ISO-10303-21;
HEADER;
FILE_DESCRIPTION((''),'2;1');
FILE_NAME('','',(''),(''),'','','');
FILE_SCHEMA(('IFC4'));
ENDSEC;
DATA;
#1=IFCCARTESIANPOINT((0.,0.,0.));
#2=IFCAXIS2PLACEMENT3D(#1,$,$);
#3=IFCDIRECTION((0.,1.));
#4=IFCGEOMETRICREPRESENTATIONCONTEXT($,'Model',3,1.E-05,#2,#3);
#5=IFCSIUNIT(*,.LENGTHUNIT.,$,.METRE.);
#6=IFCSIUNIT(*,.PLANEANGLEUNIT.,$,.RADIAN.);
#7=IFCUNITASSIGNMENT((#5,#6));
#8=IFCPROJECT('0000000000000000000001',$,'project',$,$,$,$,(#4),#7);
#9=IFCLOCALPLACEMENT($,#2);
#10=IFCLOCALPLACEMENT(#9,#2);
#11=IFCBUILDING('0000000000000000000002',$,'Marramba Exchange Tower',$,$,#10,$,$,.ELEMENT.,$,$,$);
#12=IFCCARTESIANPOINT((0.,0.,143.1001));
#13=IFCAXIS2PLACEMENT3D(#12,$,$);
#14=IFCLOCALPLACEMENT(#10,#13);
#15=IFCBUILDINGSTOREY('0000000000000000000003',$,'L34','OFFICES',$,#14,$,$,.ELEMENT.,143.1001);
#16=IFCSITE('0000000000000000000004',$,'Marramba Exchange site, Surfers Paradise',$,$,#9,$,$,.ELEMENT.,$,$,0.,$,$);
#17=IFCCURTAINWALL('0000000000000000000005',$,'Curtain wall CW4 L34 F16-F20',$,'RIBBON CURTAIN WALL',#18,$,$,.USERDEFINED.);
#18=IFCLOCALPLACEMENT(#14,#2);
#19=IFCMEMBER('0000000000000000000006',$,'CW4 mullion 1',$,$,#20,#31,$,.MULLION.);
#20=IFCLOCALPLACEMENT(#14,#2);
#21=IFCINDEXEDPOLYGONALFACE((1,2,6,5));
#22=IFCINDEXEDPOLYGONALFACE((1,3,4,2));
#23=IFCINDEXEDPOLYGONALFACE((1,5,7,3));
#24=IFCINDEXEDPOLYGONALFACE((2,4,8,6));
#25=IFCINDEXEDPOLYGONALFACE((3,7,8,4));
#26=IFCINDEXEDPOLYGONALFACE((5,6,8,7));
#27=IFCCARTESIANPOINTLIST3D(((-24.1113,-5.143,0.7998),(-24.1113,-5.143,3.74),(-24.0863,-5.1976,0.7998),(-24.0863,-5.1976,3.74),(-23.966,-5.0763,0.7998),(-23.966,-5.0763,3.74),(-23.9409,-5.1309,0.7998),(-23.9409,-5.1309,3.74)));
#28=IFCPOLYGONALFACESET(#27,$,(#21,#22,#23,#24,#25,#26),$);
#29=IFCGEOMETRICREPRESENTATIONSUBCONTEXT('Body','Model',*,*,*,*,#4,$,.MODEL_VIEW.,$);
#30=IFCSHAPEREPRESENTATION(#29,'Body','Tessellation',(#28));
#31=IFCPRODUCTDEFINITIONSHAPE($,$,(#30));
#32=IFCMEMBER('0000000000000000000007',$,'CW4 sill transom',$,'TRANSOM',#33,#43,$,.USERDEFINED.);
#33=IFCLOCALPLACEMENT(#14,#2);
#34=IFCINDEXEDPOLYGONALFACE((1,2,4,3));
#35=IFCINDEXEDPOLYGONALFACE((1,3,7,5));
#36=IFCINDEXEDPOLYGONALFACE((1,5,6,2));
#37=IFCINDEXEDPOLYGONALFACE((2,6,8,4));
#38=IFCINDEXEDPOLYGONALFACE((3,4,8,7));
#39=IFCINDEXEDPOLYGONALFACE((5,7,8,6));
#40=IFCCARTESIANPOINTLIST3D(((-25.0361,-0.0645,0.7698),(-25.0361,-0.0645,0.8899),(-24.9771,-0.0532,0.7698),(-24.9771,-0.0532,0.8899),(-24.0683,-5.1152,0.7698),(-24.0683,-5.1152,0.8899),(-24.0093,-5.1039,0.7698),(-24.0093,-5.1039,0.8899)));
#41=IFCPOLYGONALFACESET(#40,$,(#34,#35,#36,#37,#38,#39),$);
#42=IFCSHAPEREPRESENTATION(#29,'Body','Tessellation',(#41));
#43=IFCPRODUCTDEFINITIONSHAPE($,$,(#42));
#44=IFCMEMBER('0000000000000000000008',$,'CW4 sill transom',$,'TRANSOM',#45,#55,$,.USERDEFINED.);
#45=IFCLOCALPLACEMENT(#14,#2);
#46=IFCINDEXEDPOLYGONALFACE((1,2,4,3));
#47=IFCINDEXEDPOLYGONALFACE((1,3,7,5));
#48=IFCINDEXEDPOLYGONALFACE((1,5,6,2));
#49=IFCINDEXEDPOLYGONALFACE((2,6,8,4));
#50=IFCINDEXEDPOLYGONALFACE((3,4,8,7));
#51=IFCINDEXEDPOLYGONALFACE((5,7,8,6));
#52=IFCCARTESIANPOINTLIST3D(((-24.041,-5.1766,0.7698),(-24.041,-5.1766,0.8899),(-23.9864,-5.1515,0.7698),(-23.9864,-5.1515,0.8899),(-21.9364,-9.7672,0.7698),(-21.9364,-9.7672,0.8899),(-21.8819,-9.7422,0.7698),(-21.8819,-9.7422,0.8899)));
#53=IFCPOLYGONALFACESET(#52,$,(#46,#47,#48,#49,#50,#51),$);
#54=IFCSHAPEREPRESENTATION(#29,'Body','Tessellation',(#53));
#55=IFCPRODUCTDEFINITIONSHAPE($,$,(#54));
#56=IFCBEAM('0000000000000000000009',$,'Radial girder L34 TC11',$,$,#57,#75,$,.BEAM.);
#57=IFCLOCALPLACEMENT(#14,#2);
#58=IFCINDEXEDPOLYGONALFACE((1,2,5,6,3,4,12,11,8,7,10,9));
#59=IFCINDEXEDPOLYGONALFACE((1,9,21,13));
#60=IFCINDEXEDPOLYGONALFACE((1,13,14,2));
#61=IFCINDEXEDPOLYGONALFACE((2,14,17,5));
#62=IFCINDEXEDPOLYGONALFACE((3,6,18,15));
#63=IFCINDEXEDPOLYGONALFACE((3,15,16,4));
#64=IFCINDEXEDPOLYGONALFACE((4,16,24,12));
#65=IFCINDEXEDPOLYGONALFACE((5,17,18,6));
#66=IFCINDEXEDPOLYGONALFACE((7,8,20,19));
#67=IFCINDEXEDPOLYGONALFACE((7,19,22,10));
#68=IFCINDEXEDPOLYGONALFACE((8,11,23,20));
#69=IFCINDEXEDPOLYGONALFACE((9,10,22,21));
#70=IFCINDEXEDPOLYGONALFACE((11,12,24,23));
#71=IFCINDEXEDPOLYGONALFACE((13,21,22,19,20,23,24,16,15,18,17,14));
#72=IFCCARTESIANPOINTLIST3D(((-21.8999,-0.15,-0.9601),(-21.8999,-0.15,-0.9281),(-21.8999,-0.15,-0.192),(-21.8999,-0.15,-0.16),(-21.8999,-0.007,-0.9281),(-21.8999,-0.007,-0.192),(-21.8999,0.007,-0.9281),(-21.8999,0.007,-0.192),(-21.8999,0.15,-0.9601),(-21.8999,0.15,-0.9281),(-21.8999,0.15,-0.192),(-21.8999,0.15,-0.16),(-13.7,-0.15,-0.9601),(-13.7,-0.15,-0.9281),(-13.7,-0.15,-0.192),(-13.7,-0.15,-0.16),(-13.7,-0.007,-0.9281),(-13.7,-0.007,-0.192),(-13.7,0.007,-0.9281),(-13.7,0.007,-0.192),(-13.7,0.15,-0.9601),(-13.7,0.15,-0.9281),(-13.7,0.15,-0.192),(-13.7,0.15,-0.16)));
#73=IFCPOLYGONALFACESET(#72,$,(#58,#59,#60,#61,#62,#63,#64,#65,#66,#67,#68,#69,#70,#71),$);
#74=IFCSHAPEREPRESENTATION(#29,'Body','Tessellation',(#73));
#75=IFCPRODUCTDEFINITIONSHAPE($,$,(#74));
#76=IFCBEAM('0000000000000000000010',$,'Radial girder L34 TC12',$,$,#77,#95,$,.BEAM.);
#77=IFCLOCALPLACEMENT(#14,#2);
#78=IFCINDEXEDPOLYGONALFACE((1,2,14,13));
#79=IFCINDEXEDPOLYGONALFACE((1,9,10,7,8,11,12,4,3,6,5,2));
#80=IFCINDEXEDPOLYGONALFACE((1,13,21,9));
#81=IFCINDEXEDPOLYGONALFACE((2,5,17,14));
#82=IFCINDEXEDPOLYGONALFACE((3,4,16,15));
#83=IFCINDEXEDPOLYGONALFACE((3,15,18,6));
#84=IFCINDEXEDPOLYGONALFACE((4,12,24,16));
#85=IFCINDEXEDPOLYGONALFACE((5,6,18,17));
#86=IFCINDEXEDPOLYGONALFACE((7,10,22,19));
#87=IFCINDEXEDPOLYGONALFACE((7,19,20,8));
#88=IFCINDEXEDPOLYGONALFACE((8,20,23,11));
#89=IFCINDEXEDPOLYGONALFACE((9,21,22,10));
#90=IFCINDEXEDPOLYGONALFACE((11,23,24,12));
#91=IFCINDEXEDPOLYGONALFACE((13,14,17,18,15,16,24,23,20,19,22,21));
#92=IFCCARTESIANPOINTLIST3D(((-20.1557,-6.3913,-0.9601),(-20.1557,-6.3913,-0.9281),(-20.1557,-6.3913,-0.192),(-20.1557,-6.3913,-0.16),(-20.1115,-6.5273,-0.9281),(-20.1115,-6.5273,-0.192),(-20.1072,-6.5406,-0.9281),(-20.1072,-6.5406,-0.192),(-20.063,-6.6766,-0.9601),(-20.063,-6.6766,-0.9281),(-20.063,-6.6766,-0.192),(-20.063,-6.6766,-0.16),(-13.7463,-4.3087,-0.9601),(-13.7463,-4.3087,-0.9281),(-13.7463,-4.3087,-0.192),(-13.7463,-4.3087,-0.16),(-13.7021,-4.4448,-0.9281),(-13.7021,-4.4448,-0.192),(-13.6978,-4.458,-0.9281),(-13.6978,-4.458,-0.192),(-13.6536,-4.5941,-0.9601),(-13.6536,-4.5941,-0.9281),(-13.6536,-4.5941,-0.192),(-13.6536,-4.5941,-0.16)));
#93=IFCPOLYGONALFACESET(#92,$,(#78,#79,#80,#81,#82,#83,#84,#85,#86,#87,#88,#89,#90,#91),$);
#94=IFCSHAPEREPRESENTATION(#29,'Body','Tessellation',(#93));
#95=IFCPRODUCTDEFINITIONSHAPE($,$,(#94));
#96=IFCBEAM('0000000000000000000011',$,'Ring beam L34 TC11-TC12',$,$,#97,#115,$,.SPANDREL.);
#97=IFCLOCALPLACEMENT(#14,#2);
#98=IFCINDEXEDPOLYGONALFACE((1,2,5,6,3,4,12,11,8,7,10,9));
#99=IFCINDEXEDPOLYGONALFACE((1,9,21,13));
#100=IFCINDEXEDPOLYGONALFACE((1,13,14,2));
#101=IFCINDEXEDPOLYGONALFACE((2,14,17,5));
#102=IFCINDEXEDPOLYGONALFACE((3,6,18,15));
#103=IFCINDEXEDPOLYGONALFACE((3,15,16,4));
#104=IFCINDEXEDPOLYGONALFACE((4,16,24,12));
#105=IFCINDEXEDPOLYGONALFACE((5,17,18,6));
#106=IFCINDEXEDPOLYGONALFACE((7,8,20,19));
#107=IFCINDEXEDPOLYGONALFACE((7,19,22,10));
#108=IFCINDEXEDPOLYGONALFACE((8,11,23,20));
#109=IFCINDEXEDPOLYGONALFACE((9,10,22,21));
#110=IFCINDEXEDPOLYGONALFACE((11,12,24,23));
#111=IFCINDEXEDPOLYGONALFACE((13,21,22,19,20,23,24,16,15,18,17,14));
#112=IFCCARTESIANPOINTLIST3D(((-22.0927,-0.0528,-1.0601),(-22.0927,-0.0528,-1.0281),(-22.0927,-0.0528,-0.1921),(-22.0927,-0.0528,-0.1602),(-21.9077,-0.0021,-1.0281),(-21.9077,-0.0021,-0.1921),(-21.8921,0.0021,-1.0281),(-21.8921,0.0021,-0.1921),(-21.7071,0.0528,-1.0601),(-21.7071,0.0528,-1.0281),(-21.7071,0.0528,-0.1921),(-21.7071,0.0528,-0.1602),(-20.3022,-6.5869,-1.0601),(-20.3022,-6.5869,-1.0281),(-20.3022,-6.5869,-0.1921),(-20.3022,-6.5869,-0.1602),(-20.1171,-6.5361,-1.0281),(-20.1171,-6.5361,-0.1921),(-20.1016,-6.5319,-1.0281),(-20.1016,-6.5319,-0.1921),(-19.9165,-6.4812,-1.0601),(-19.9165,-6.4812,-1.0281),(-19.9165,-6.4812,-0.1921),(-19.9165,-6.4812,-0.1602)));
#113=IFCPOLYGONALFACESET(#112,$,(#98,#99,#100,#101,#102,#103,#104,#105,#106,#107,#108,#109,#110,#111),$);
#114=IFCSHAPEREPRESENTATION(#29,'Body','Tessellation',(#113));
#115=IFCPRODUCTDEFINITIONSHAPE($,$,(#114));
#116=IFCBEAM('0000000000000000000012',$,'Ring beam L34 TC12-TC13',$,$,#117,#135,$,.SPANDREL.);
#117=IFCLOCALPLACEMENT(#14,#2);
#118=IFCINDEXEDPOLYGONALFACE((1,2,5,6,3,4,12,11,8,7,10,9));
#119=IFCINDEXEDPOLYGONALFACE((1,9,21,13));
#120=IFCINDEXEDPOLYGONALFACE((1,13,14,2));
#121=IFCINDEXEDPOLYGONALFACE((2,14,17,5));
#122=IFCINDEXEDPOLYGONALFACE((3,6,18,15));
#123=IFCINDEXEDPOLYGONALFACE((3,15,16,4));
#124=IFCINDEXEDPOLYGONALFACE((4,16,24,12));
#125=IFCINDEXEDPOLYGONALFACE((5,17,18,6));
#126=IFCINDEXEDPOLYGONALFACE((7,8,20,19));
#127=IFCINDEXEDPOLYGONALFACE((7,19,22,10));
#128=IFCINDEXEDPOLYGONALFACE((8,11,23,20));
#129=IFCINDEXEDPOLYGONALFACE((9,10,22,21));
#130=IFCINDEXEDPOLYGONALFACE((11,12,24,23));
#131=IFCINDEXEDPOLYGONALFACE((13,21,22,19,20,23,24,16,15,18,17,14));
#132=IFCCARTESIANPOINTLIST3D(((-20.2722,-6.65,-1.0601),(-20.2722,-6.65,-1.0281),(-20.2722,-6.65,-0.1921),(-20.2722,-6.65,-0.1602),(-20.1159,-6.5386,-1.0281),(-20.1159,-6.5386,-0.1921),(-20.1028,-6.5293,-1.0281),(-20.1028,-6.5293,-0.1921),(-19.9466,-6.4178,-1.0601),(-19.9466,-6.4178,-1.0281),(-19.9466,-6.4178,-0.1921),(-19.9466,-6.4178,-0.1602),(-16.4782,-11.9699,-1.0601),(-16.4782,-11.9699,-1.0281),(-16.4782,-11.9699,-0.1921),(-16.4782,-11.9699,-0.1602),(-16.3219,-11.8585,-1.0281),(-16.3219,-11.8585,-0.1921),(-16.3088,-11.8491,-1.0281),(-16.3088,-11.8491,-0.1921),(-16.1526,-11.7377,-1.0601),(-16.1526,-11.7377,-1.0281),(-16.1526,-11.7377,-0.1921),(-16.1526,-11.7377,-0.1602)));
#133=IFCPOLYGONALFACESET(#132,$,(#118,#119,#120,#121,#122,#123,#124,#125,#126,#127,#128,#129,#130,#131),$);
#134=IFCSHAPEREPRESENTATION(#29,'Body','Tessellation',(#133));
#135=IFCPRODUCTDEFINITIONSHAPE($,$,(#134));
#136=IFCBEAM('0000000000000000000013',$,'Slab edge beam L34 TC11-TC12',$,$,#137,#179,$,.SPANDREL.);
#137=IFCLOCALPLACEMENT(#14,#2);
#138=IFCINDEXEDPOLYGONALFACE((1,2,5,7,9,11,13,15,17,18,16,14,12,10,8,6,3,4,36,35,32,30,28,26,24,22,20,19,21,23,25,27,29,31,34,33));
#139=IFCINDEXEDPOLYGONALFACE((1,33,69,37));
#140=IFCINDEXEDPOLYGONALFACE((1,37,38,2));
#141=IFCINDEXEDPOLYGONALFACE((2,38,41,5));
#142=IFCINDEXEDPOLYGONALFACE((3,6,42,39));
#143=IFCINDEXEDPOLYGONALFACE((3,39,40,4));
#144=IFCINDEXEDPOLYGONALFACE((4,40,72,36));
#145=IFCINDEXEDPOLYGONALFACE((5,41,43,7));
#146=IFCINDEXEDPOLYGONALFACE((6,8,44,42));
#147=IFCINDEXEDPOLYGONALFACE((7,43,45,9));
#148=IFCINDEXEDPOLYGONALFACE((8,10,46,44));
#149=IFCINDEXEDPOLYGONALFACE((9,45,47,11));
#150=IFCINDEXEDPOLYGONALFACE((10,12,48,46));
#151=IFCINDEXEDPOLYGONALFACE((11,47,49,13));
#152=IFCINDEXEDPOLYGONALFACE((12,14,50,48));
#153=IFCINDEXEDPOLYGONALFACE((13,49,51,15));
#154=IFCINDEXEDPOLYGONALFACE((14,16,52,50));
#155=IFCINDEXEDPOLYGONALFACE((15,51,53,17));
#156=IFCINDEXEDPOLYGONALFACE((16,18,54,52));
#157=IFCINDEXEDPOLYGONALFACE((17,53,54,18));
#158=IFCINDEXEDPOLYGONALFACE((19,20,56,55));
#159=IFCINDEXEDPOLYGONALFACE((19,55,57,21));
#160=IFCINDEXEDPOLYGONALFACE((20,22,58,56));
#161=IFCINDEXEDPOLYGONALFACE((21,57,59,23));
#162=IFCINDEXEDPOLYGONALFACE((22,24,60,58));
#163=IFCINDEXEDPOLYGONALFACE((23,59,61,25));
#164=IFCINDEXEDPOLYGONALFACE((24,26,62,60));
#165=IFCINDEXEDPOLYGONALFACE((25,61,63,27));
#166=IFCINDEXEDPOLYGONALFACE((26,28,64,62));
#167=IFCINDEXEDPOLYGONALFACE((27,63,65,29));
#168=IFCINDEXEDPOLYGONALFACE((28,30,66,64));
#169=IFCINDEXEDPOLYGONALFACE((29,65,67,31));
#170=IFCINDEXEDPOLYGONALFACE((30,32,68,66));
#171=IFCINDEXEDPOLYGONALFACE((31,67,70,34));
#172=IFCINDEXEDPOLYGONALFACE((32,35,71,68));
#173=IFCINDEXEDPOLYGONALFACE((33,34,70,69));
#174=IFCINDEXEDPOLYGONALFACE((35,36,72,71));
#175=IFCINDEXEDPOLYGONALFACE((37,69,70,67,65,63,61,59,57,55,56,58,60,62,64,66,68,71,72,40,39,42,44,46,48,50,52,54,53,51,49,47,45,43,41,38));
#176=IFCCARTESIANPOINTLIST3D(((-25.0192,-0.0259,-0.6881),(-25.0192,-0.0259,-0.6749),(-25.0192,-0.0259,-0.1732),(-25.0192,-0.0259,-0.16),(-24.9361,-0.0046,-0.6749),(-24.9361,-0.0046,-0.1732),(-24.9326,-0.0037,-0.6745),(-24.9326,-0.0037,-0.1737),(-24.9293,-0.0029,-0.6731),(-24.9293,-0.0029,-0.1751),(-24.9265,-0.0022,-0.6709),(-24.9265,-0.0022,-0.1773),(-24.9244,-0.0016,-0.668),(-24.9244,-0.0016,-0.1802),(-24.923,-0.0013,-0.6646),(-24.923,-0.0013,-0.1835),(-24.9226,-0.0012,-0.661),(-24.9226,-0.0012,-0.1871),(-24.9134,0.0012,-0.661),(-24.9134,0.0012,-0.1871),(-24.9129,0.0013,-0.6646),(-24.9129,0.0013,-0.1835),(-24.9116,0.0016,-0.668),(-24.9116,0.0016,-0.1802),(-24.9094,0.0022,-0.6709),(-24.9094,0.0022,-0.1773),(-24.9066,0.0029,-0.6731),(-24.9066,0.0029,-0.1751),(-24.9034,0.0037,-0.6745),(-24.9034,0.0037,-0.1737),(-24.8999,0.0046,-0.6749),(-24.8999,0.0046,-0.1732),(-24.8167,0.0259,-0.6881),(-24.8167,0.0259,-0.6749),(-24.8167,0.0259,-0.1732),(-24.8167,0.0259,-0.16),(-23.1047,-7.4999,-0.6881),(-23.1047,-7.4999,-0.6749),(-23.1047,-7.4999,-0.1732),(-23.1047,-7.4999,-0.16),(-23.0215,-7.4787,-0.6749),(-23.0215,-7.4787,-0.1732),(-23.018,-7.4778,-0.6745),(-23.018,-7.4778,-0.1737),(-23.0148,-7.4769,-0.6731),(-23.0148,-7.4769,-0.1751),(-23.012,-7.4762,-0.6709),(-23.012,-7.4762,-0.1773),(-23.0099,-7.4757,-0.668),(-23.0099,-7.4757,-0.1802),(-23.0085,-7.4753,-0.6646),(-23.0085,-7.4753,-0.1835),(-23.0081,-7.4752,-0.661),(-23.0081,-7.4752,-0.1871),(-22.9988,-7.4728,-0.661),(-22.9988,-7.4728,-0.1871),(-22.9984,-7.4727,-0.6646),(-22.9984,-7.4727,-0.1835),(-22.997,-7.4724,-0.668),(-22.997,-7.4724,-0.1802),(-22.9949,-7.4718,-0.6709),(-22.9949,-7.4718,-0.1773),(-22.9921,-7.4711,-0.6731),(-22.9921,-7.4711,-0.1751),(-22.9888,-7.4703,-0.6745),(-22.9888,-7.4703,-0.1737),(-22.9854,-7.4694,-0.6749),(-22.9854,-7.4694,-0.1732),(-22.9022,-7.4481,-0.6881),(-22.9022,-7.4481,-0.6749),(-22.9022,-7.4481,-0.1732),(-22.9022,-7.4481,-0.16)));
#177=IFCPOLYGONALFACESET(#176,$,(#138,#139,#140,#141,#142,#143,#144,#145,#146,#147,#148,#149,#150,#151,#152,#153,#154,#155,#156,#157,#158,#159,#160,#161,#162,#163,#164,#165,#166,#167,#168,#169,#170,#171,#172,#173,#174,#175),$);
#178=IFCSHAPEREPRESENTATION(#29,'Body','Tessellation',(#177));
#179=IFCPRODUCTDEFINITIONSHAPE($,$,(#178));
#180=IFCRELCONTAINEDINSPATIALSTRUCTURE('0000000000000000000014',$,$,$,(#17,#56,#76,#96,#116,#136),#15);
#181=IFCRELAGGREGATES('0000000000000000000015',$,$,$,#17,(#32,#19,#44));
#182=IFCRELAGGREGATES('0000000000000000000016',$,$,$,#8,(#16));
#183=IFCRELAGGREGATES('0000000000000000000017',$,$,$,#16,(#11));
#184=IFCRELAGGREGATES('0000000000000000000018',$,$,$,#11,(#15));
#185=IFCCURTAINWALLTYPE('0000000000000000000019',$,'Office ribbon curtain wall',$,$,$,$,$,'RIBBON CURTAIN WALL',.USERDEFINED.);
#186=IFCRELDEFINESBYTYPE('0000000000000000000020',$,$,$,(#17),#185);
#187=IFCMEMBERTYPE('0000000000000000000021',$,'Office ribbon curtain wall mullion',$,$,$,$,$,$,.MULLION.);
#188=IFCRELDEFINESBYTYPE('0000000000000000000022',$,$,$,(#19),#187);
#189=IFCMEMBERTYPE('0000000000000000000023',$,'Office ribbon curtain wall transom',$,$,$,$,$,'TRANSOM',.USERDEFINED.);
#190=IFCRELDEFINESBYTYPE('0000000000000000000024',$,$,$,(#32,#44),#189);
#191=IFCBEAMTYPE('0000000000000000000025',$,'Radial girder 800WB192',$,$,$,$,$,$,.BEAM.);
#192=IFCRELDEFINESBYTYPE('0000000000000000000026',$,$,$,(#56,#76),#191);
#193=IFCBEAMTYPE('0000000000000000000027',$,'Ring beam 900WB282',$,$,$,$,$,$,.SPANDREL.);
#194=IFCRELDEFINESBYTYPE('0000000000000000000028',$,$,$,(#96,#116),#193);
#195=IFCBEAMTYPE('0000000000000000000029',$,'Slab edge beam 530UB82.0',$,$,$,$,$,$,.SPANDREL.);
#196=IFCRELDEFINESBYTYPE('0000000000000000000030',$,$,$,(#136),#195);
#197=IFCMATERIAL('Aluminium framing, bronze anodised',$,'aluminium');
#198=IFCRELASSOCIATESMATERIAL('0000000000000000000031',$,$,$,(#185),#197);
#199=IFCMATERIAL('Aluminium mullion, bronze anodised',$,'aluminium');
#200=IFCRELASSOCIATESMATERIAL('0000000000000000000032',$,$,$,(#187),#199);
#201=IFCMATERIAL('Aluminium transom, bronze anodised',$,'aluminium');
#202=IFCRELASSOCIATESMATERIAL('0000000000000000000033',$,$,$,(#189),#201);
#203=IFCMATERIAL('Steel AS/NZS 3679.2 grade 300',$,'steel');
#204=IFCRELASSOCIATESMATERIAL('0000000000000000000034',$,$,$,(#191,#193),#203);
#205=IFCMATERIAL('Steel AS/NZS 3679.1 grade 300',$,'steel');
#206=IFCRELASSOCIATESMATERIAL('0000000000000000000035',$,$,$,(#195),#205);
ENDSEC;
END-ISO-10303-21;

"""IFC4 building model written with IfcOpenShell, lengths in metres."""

from ifc_helpers import new_model, si_unit, direction, frame, origin, origin_2d, place, context, subcontext, project, spatial, rectangle, i_section, extrude, material, material_profile, profile_set, type_object, element, aggregate, save


model = new_model("IFC4")

# Units and contexts
model_context = context("Model", 3, precision=1e-05, world=origin(), true_north=direction((0.0, 1.0)))
body_context = subcontext(model_context, "Body", "Model", "MODEL_VIEW")
ifc_project = project(units=[si_unit("LENGTHUNIT", "METRE"), si_unit("PLANEANGLEUNIT", "RADIAN")], contexts=[model_context])

# Site, building, storey
site_placement = place(None, origin())
site = spatial("IfcSite", under=ifc_project, at=site_placement, Name="Marramba Exchange site, Surfers Paradise", CompositionType="ELEMENT", RefElevation=0.0)
building_placement = place(site_placement, origin())
building = spatial("IfcBuilding", under=site, at=building_placement, Name="Marramba Exchange Tower", CompositionType="ELEMENT")
storey_placement = place(building_placement, frame((0.0, 0.0, 143.1001)))
storey = spatial("IfcBuildingStorey", under=building, at=storey_placement, Name="L34", Description="OFFICES", CompositionType="ELEMENT", Elevation=143.1001)

# Shared definitions
ifc_material_1 = material(Name="Steel AS/NZS 3679.2 grade 300", Category="steel")
ifc_material_2 = material(Name="Steel AS/NZS 3679.1 grade 300", Category="steel")

# Curtain wall, members
ifc_material_3 = material(Name="Aluminium framing, bronze anodised", Category="aluminium")
curtain_wall_type = type_object("IfcCurtainWallType", Name="Office ribbon curtain wall", ElementType="RIBBON CURTAIN WALL", PredefinedType="USERDEFINED", material=ifc_material_3)
curtain_wall_placement = place(storey_placement, origin())
curtain_wall = element("IfcCurtainWall", 1, at=curtain_wall_placement, inside=storey, type_object=curtain_wall_type, Name="Curtain wall CW4 L34 F16-F20", ObjectType="RIBBON CURTAIN WALL", PredefinedType="USERDEFINED")
ifc_material_4 = material(Name="Aluminium mullion, bronze anodised", Category="aluminium")
ifc_material_profile_1 = material_profile(ifc_material_4, rectangle(XDim=0.1599, YDim=0.0601, at=origin_2d()), Name="CW4 mullion 60x160")
ifc_profile_set_1 = profile_set([ifc_material_profile_1], Name="Aluminium mullion, bronze anodised")
member_type_1 = type_object("IfcMemberType", Name="Office ribbon curtain wall mullion", PredefinedType="MULLION", material=ifc_profile_set_1)
member_1_placement = place(storey_placement, frame((-24.0261, -5.137, 0.7998), z_axis=(0.0, 0.0, 1.0), x_axis=(0.909027, 0.416738, 0.0)))
member_1 = element("IfcMember", 2, at=member_1_placement, type_object=member_type_1, Name="CW4 mullion 1", PredefinedType="MULLION", context=body_context, shape_type="SweptSolid", body=[
    extrude(rectangle(XDim=0.1599, YDim=0.0601, at=origin_2d()), origin(), (0.0, 0.0, 1.0), 2.9402),
])
ifc_material_5 = material(Name="Aluminium transom, bronze anodised", Category="aluminium")
ifc_material_profile_2 = material_profile(ifc_material_5, rectangle(XDim=0.0601, YDim=0.1201, at=origin_2d()), Name="CW4 transom 60x120")
ifc_profile_set_2 = profile_set([ifc_material_profile_2], Name="Aluminium transom, bronze anodised")
member_type_2 = type_object("IfcMemberType", Name="Office ribbon curtain wall transom", ElementType="TRANSOM", PredefinedType="USERDEFINED", material=ifc_profile_set_2)
member_2_placement = place(storey_placement, frame((-25.0066, -0.0588, 0.8298), z_axis=(0.188185, -0.982134, 0.0), x_axis=(0.982134, 0.188185, 0.0)))
member_2 = element("IfcMember", 3, at=member_2_placement, type_object=member_type_2, Name="CW4 sill transom", ObjectType="TRANSOM", PredefinedType="USERDEFINED", context=body_context, shape_type="SweptSolid", body=[
    extrude(rectangle(XDim=0.0601, YDim=0.1201, at=origin_2d()), origin(), (0.0, 0.0, 1.0), 5.1426),
])
member_3_placement = place(storey_placement, frame((-24.0137, -5.1641, 0.8298), z_axis=(0.416733, -0.909029, 0.0), x_axis=(0.909029, 0.416733, 0.0)))
member_3 = element("IfcMember", 4, at=member_3_placement, type_object=member_type_2, Name="CW4 sill transom", ObjectType="TRANSOM", PredefinedType="USERDEFINED", context=body_context, shape_type="SweptSolid", body=[
    extrude(rectangle(XDim=0.0601, YDim=0.1201, at=origin_2d()), origin(), (0.0, 0.0, 1.0), 5.05),
])

# Beams
ifc_material_profile_3 = material_profile(ifc_material_1, i_section(OverallWidth=0.3, OverallDepth=0.8, WebThickness=0.0139, FlangeThickness=0.032, at=origin_2d()), Name="800WB192")
ifc_profile_set_3 = profile_set([ifc_material_profile_3], Name="Steel AS/NZS 3679.2 grade 300")
beam_type_1 = type_object("IfcBeamType", Name="Radial girder 800WB192", PredefinedType="BEAM", material=ifc_profile_set_3)
beam_1_placement = place(storey_placement, frame((-13.7, 0.0, -0.5601), z_axis=(-1.0, 0.0, 0.0), x_axis=(0.0, -1.0, 0.0)))
element("IfcBeam", 5, at=beam_1_placement, inside=storey, type_object=beam_type_1, Name="Radial girder L34 TC11", PredefinedType="BEAM", context=body_context, shape_type="SweptSolid", body=[
    extrude(i_section(OverallWidth=0.3, OverallDepth=0.8, WebThickness=0.0139, FlangeThickness=0.032, at=origin_2d()), origin(), (0.0, 0.0, 1.0), 8.2),
])
beam_2_placement = place(storey_placement, frame((-13.7, -4.4514, -0.5601), z_axis=(-0.951058, -0.309013, 0.0), x_axis=(0.309013, -0.951058, 0.0)))
element("IfcBeam", 6, at=beam_2_placement, inside=storey, type_object=beam_type_1, Name="Radial girder L34 TC12", PredefinedType="BEAM", context=body_context, shape_type="SweptSolid", body=[
    extrude(i_section(OverallWidth=0.3, OverallDepth=0.8, WebThickness=0.0139, FlangeThickness=0.032, at=origin_2d()), origin(), (0.0, 0.0, 1.0), 6.7393),
])
ifc_material_profile_4 = material_profile(ifc_material_1, i_section(OverallWidth=0.3999, OverallDepth=0.8999, WebThickness=0.0161, FlangeThickness=0.032, at=origin_2d()), Name="900WB282")
ifc_profile_set_4 = profile_set([ifc_material_profile_4], Name="Steel AS/NZS 3679.2 grade 300")
beam_type_2 = type_object("IfcBeamType", Name="Ring beam 900WB282", PredefinedType="SPANDREL", material=ifc_profile_set_4)
beam_3_placement = place(storey_placement, frame((-21.8999, 0.0, -0.6101), z_axis=(0.264291, -0.964443, 0.0), x_axis=(0.964443, 0.264291, 0.0)))
element("IfcBeam", 7, at=beam_3_placement, inside=storey, type_object=beam_type_2, Name="Ring beam L34 TC11-TC12", PredefinedType="SPANDREL", context=body_context, shape_type="SweptSolid", body=[
    extrude(i_section(OverallWidth=0.3999, OverallDepth=0.8999, WebThickness=0.0161, FlangeThickness=0.032, at=origin_2d()), origin(), (0.0, 0.0, 1.0), 6.7749),
])
beam_4_placement = place(storey_placement, frame((-20.1094, -6.5339, -0.6101), z_axis=(0.580637, -0.814162, 0.0), x_axis=(0.814162, 0.580637, 0.0)))
element("IfcBeam", 8, at=beam_4_placement, inside=storey, type_object=beam_type_2, Name="Ring beam L34 TC12-TC13", PredefinedType="SPANDREL", context=body_context, shape_type="SweptSolid", body=[
    extrude(i_section(OverallWidth=0.3999, OverallDepth=0.8999, WebThickness=0.0161, FlangeThickness=0.032, at=origin_2d()), origin(), (0.0, 0.0, 1.0), 6.5342),
])
ifc_material_profile_5 = material_profile(ifc_material_2, i_section(OverallWidth=0.209, OverallDepth=0.5281, WebThickness=0.0095, FlangeThickness=0.0132, FilletRadius=0.0139, at=origin_2d()), Name="530UB82.0")
ifc_profile_set_5 = profile_set([ifc_material_profile_5], Name="Steel AS/NZS 3679.1 grade 300")
beam_type_3 = type_object("IfcBeamType", Name="Slab edge beam 530UB82.0", PredefinedType="SPANDREL", material=ifc_profile_set_5)
beam_5_placement = place(storey_placement, frame((-24.918, 0.0, -0.4241), z_axis=(0.248145, -0.968723, 0.0), x_axis=(0.968723, 0.248145, 0.0)))
element("IfcBeam", 9, at=beam_5_placement, inside=storey, type_object=beam_type_3, Name="Slab edge beam L34 TC11-TC12", PredefinedType="SPANDREL", context=body_context, shape_type="SweptSolid", body=[
    extrude(i_section(OverallWidth=0.209, OverallDepth=0.5281, WebThickness=0.0095, FlangeThickness=0.0132, FilletRadius=0.0139, at=origin_2d()), origin(), (0.0, 0.0, 1.0), 7.7153),
])

aggregate(curtain_wall, [member_2, member_1, member_3])

save(model, "model.ifc")
